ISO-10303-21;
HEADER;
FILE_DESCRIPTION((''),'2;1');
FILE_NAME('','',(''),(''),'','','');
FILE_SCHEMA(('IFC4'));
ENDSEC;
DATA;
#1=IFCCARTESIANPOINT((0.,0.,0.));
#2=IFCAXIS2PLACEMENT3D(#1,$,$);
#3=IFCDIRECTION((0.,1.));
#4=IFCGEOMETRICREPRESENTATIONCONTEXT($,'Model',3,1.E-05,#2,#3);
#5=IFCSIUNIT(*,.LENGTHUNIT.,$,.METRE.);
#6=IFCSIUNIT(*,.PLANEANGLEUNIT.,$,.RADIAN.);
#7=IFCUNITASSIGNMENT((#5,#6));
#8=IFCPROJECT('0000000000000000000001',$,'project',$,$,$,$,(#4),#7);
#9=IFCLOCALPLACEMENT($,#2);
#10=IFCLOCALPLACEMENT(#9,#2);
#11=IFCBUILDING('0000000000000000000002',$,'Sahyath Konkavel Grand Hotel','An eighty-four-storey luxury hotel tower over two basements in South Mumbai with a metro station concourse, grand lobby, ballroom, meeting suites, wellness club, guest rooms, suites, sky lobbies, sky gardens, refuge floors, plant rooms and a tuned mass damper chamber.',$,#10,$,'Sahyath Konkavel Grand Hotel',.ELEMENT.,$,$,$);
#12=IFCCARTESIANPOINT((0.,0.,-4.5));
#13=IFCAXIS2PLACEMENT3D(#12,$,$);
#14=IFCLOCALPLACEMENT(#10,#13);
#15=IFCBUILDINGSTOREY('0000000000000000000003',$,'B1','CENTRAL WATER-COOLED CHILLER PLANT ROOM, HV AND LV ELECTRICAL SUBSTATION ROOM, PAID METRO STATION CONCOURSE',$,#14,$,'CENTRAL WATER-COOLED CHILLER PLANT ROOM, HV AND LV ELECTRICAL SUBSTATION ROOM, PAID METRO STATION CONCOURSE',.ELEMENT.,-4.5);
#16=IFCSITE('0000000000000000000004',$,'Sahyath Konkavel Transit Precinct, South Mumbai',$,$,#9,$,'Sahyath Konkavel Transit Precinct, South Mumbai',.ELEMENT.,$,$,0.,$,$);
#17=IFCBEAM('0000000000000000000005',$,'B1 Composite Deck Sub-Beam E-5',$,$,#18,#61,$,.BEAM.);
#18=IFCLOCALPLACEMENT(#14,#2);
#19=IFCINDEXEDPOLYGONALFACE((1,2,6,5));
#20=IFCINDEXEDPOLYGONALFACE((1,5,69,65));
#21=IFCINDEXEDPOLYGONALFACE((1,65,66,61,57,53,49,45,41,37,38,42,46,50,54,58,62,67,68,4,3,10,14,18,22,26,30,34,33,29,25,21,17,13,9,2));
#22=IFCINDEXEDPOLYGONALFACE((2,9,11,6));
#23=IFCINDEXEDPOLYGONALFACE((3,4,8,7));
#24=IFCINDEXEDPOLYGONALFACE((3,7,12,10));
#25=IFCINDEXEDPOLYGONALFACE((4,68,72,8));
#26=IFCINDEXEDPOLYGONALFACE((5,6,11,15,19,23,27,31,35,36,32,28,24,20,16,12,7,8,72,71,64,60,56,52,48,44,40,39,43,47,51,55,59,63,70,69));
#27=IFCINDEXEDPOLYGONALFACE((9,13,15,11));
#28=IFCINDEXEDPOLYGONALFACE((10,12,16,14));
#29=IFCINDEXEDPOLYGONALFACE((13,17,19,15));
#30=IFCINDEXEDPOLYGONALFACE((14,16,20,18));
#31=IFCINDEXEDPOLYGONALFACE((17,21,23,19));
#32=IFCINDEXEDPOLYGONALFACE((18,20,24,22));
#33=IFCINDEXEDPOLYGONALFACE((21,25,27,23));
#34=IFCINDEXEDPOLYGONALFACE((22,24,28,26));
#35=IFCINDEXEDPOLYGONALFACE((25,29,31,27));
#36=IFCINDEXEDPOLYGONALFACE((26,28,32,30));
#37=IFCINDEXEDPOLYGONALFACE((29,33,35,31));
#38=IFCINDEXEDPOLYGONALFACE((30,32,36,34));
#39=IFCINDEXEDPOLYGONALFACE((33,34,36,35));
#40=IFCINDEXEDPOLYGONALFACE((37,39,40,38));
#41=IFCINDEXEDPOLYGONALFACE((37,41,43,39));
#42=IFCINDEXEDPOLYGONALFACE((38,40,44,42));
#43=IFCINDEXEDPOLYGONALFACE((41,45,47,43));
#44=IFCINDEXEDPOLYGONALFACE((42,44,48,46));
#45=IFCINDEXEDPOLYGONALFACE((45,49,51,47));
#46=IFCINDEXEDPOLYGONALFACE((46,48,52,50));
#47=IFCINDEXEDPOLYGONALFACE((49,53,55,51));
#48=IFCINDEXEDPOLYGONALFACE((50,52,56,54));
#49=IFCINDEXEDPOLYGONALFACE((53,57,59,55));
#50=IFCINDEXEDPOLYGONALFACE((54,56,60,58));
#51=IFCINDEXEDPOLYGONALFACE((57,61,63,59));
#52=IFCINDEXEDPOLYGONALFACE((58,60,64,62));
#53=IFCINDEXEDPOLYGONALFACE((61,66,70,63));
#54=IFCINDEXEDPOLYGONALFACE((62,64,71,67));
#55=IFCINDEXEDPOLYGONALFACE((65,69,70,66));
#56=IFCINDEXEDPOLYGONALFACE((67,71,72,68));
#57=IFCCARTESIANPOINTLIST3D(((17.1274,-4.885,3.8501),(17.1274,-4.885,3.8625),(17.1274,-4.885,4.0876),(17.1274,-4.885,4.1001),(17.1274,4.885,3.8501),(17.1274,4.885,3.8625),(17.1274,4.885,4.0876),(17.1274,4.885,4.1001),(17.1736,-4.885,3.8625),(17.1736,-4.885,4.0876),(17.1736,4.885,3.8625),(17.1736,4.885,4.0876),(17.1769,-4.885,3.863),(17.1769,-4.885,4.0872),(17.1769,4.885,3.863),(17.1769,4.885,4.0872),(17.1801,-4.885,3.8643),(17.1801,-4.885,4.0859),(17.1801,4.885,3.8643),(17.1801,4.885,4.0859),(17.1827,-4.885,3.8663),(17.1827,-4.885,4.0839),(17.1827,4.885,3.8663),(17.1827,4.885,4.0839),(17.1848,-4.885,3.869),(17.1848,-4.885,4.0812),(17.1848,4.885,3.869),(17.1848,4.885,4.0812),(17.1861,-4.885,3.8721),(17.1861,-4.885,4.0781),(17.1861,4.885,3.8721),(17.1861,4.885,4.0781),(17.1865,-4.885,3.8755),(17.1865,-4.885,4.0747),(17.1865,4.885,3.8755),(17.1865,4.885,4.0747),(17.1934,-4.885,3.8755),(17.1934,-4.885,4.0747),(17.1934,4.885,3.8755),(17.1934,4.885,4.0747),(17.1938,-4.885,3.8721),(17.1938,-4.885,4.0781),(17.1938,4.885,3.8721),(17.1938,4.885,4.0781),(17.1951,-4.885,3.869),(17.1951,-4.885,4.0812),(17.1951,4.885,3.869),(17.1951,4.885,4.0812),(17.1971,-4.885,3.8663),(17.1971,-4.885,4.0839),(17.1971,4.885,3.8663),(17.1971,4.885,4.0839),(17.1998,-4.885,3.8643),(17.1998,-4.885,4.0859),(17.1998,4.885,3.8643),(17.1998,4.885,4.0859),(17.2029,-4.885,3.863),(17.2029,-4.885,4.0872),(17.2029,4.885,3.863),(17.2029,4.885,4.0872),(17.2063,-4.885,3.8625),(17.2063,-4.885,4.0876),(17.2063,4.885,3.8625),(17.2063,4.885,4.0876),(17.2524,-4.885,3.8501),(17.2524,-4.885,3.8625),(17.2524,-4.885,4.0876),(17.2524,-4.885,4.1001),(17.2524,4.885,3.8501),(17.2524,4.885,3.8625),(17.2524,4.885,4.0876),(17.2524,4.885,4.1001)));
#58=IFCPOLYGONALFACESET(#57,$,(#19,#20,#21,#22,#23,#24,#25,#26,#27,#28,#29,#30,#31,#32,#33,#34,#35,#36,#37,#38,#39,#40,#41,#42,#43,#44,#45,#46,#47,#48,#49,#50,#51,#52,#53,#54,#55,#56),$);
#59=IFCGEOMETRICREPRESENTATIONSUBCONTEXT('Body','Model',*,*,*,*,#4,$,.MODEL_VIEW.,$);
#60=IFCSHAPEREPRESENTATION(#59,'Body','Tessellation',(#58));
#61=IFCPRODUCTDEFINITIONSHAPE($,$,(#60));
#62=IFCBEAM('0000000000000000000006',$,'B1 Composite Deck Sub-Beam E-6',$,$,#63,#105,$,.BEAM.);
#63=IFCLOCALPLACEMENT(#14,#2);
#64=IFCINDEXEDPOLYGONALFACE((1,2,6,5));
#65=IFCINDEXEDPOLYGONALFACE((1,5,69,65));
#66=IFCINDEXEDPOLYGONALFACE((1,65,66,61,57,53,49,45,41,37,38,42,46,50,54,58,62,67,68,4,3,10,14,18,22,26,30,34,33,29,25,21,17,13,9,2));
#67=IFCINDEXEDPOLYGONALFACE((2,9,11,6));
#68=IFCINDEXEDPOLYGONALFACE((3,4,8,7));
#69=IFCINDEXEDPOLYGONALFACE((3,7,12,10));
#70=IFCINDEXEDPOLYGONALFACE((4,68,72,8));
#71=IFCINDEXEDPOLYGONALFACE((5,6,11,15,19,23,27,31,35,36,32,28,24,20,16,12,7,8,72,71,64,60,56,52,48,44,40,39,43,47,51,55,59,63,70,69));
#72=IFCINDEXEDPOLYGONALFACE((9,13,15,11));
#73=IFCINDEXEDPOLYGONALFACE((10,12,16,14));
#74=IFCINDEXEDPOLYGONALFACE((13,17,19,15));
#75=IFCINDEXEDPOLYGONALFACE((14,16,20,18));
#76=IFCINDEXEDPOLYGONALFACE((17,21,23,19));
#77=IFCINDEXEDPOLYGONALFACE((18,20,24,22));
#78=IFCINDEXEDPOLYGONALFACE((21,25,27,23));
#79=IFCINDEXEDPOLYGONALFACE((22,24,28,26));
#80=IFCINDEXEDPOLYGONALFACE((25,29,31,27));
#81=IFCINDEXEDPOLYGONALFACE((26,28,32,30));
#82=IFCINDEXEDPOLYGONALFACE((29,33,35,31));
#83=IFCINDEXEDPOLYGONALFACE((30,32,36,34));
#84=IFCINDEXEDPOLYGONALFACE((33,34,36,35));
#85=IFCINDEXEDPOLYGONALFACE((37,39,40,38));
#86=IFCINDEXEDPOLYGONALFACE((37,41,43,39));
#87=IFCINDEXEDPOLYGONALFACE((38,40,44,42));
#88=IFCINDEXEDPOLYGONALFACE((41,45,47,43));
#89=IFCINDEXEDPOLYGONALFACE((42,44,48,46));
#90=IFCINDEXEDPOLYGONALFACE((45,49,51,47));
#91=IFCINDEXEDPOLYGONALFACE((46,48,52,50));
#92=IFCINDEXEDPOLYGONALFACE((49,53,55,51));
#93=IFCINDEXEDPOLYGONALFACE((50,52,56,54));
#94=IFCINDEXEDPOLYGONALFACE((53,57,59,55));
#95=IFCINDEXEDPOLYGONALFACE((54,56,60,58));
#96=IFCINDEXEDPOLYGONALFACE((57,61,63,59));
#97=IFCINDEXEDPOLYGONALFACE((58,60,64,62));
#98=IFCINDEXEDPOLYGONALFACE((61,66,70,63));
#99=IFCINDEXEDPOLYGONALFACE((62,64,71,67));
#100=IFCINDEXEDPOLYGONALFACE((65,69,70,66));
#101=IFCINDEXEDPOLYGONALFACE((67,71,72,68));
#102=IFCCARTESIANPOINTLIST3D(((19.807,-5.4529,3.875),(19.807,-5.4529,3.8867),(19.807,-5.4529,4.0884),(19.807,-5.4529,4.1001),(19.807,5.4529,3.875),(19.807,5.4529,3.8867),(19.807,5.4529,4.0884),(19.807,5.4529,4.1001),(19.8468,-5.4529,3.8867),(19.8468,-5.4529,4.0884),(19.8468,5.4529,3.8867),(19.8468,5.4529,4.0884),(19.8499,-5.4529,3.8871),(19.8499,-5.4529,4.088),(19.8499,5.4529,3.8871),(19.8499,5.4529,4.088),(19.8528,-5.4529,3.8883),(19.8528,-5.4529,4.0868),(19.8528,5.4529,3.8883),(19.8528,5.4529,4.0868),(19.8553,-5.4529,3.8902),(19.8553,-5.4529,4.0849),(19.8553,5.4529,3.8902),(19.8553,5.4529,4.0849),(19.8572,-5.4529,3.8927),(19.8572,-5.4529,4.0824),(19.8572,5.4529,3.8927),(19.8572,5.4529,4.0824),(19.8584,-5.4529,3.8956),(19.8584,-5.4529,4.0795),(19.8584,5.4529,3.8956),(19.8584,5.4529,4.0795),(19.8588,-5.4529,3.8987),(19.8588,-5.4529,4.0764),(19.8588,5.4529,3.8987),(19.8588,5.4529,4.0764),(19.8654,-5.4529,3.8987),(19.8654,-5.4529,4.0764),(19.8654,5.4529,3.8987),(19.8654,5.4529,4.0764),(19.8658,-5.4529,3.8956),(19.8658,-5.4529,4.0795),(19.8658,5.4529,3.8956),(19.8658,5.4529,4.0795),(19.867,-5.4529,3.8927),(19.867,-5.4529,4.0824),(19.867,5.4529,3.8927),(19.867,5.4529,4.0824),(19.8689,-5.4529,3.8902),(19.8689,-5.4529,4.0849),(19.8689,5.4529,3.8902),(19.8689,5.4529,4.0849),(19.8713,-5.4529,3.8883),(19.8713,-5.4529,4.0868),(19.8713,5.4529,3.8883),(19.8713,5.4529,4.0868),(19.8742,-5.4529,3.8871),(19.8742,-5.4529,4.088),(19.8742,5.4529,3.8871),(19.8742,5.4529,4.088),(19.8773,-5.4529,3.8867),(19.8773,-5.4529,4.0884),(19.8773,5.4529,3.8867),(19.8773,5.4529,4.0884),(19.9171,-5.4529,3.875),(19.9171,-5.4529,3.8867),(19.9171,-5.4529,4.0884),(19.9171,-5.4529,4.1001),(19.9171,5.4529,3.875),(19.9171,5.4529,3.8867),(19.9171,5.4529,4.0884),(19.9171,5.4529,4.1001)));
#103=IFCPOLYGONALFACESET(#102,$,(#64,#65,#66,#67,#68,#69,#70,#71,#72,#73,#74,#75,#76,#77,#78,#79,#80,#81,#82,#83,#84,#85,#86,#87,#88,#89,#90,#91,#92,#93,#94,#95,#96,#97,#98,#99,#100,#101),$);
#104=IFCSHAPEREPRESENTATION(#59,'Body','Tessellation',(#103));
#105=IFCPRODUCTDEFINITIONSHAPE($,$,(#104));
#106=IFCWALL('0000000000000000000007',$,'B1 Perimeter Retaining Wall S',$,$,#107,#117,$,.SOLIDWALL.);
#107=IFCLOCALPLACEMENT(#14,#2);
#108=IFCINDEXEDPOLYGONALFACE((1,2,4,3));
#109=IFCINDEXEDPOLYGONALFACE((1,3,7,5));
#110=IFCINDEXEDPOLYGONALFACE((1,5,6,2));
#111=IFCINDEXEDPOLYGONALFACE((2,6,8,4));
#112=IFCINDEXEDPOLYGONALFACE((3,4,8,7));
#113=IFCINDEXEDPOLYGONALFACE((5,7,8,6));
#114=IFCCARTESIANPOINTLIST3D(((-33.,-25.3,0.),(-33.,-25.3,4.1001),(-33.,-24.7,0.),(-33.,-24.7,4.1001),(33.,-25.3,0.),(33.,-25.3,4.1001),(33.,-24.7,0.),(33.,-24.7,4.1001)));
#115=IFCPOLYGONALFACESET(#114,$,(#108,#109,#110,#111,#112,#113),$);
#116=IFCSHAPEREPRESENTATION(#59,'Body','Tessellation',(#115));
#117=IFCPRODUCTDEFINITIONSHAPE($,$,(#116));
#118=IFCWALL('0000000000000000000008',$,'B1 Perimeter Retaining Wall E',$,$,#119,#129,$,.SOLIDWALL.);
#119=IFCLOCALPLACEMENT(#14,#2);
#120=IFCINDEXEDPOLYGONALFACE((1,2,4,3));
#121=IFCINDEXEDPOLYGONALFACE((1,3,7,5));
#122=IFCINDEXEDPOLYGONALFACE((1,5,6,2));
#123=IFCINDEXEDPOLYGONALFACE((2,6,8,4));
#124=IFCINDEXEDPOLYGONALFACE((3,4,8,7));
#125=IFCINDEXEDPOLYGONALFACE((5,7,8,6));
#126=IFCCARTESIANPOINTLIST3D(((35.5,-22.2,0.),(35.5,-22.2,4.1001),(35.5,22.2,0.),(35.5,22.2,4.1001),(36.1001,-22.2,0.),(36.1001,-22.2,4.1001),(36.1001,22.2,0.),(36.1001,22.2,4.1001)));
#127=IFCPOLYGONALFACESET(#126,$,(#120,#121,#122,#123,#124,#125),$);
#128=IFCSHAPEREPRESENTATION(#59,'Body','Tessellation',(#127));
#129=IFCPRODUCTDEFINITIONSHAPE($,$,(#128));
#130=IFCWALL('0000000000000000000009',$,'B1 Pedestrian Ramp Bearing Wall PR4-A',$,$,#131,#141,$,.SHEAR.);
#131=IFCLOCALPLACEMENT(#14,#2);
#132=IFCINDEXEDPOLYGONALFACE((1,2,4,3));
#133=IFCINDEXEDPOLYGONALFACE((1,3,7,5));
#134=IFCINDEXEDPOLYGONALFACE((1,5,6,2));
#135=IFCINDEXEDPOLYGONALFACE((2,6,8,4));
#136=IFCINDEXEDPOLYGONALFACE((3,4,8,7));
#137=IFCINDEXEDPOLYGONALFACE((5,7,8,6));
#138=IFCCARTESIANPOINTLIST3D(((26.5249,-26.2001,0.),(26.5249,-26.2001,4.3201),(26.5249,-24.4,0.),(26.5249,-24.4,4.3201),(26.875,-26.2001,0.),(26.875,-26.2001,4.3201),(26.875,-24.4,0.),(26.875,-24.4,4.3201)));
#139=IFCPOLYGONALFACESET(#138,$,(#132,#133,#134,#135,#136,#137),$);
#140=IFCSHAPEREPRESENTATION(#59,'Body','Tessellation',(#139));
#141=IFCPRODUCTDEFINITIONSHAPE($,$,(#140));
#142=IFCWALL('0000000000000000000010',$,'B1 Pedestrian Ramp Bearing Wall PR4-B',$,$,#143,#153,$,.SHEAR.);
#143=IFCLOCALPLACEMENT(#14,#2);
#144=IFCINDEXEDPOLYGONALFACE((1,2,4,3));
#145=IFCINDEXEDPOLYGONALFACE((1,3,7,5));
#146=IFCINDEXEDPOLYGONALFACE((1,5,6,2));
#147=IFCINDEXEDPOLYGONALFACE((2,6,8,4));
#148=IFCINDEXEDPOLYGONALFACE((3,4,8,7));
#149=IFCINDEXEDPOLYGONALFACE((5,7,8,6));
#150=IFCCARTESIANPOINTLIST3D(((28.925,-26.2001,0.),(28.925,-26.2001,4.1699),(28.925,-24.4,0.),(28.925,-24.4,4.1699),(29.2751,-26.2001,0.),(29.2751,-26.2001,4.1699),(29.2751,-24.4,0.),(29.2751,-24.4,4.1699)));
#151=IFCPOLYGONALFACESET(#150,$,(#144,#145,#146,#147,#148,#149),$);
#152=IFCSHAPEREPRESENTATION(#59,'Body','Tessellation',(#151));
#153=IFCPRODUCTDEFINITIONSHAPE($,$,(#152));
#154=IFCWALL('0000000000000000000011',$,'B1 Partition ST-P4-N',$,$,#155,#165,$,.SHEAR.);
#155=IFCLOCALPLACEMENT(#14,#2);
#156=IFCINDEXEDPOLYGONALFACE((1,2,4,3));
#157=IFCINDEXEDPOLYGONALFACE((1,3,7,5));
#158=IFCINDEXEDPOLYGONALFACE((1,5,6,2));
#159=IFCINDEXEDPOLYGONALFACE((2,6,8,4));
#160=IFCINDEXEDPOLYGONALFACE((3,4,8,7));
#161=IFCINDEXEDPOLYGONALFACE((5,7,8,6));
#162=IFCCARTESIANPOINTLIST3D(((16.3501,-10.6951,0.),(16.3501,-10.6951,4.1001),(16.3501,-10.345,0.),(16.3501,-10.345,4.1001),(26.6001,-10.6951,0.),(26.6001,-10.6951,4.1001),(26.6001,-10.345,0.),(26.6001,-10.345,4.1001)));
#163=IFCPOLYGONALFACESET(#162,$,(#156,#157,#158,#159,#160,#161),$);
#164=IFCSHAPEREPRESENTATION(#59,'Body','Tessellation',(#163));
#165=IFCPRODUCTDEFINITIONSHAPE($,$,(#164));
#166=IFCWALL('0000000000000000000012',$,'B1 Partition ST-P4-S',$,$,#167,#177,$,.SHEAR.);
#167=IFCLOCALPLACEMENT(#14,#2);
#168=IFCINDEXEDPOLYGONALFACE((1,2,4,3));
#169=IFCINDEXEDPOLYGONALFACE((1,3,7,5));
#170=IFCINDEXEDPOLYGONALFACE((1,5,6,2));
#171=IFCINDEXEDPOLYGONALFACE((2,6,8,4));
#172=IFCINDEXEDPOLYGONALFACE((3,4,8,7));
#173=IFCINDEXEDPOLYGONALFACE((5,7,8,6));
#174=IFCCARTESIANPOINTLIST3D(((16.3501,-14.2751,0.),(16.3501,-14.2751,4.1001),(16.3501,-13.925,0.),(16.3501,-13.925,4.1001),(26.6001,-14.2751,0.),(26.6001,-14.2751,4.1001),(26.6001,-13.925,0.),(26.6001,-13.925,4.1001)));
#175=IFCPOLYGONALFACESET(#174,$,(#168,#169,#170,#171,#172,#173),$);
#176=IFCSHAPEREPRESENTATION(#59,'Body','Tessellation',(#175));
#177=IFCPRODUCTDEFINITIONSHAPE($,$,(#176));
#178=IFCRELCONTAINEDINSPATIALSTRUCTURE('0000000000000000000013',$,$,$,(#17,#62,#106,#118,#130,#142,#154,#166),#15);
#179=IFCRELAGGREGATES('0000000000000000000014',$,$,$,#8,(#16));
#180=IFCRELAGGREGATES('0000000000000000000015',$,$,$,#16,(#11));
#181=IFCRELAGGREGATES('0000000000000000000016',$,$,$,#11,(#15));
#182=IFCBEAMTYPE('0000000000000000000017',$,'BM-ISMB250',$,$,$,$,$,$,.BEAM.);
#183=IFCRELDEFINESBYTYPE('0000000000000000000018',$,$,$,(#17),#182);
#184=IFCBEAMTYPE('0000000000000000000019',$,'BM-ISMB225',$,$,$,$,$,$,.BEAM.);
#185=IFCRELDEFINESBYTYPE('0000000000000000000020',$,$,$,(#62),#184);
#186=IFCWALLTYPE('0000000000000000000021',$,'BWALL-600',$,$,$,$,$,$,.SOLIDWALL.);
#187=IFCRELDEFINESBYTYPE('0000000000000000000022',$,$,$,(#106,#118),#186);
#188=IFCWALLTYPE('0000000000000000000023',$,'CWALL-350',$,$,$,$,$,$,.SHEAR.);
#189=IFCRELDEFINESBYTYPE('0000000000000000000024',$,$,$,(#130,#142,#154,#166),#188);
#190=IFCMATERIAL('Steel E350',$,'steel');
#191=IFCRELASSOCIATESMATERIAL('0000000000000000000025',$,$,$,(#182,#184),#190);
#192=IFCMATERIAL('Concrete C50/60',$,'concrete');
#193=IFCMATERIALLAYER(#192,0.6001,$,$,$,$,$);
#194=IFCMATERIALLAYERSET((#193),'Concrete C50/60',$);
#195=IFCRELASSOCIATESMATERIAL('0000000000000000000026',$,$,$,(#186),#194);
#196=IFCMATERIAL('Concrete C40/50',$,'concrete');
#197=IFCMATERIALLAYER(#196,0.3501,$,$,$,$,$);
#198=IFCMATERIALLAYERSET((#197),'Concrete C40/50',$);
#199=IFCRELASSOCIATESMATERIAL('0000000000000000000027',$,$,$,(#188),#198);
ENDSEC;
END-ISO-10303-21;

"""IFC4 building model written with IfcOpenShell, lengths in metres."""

from ifc_helpers import new_model, si_unit, direction, frame, frame_2d, origin, origin_2d, place, context, subcontext, project, spatial, rectangle, i_section, extrude, source, transform, mapped, material, layer, layer_set, material_profile, profile_set, type_object, element, save


model = new_model("IFC4")

# Units and contexts
model_context = context("Model", 3, precision=1e-05, world=origin(), true_north=direction((0.0, 1.0)))
body_context = subcontext(model_context, "Body", "Model", "MODEL_VIEW")
ifc_project = project(units=[si_unit("LENGTHUNIT", "METRE"), si_unit("PLANEANGLEUNIT", "RADIAN")], contexts=[model_context])

# Site, building, storey
site_placement = place(None, origin())
site = spatial("IfcSite", under=ifc_project, at=site_placement, Name="Sahyath Konkavel Transit Precinct, South Mumbai", LongName="Sahyath Konkavel Transit Precinct, South Mumbai", CompositionType="ELEMENT", RefElevation=0.0)
building_placement = place(site_placement, origin())
building = spatial("IfcBuilding", under=site, at=building_placement, Name="Sahyath Konkavel Grand Hotel", Description="An eighty-four-storey luxury hotel tower over two basements in South Mumbai with a metro station concourse, grand lobby, ballroom, meeting suites, wellness club, guest rooms, suites, sky lobbies, sky gardens, refuge floors, plant rooms and a tuned mass damper chamber.", LongName="Sahyath Konkavel Grand Hotel", CompositionType="ELEMENT")
storey_placement = place(building_placement, frame((0.0, 0.0, -4.5)))
storey = spatial("IfcBuildingStorey", under=building, at=storey_placement, Name="B1", Description="CENTRAL WATER-COOLED CHILLER PLANT ROOM, HV AND LV ELECTRICAL SUBSTATION ROOM, PAID METRO STATION CONCOURSE", LongName="CENTRAL WATER-COOLED CHILLER PLANT ROOM, HV AND LV ELECTRICAL SUBSTATION ROOM, PAID METRO STATION CONCOURSE", CompositionType="ELEMENT", Elevation=-4.5)

# Shared definitions
ifc_material_1 = material(Name="Concrete C50/60", Category="concrete")

# Beams
ifc_material_2 = material(Name="Steel E350", Category="steel")
ifc_material_profile_1 = material_profile(ifc_material_2, i_section(OverallWidth=0.125, OverallDepth=0.25, WebThickness=0.0068, FlangeThickness=0.0125, FilletRadius=0.0129, at=origin_2d()), Name="ISMB 250")
ifc_profile_set_1 = profile_set([ifc_material_profile_1], Name="Steel E350")
beam_type_1 = type_object("IfcBeamType", Name="BM-ISMB250", PredefinedType="BEAM", material=ifc_profile_set_1)
shared_shape_1 = source(origin(), body_context, "Body", "SweptSolid", [
    extrude(i_section(OverallWidth=0.125, OverallDepth=0.25, WebThickness=0.0068, FlangeThickness=0.0125, FilletRadius=0.0129, at=origin_2d()), origin(), (0.0, 0.0, 1.0), 9.77),
])
beam_1_placement = place(storey_placement, frame((17.1899, -4.885, 3.9751), z_axis=(0.0, 1.0, 0.0), x_axis=(-1.0, 0.0, 0.0)))
element("IfcBeam", 1, at=beam_1_placement, inside=storey, type_object=beam_type_1, Name="B1 Composite Deck Sub-Beam E-5", PredefinedType="BEAM", context=body_context, shape_type="MappedRepresentation", body=[
    mapped(shared_shape_1, transform((0.0, 0.0, 0.0), scale=1.0)),
])
ifc_material_profile_2 = material_profile(ifc_material_2, i_section(OverallWidth=0.1101, OverallDepth=0.2251, WebThickness=0.0066, FlangeThickness=0.0117, FilletRadius=0.012, at=origin_2d()), Name="ISMB 225")
ifc_profile_set_2 = profile_set([ifc_material_profile_2], Name="Steel E350")
beam_type_2 = type_object("IfcBeamType", Name="BM-ISMB225", PredefinedType="BEAM", material=ifc_profile_set_2)
shared_shape_2 = source(origin(), body_context, "Body", "SweptSolid", [
    extrude(i_section(OverallWidth=0.1101, OverallDepth=0.2251, WebThickness=0.0066, FlangeThickness=0.0117, FilletRadius=0.012, at=origin_2d()), origin(), (0.0, 0.0, 1.0), 10.9058),
])
beam_2_placement = place(storey_placement, frame((19.8621, -5.4529, 3.9875), z_axis=(0.0, 1.0, 0.0), x_axis=(-1.0, 0.0, 0.0)))
element("IfcBeam", 2, at=beam_2_placement, inside=storey, type_object=beam_type_2, Name="B1 Composite Deck Sub-Beam E-6", PredefinedType="BEAM", context=body_context, shape_type="MappedRepresentation", body=[
    mapped(shared_shape_2, transform((0.0, 0.0, 0.0), scale=1.0)),
])

# Walls
ifc_layer_1 = layer(ifc_material_1, 0.6001)
ifc_layer_set_1 = layer_set([ifc_layer_1], Name="Concrete C50/60")
wall_type_1 = type_object("IfcWallType", Name="BWALL-600", PredefinedType="SOLIDWALL", material=ifc_layer_set_1)
wall_1_placement = place(storey_placement, frame((33.0, -25.0, 0.0), z_axis=(0.0, 0.0, 1.0), x_axis=(-1.0, 0.0, 0.0)))
element("IfcWall", 3, at=wall_1_placement, inside=storey, type_object=wall_type_1, Name="B1 Perimeter Retaining Wall S", PredefinedType="SOLIDWALL", context=body_context, shape_type="SweptSolid", body=[
    extrude(rectangle(XDim=66.0, YDim=0.6001, at=frame_2d((33.0, 0.0))), origin(), (0.0, 0.0, 1.0), 4.1001),
])
wall_2_placement = place(storey_placement, frame((35.8, -22.2, 0.0), z_axis=(0.0, 0.0, 1.0), x_axis=(0.0, 1.0, 0.0)))
element("IfcWall", 4, at=wall_2_placement, inside=storey, type_object=wall_type_1, Name="B1 Perimeter Retaining Wall E", PredefinedType="SOLIDWALL", context=body_context, shape_type="SweptSolid", body=[
    extrude(rectangle(XDim=44.3999, YDim=0.6001, at=frame_2d((22.2, 0.0))), origin(), (0.0, 0.0, 1.0), 4.1001),
])
ifc_material_3 = material(Name="Concrete C40/50", Category="concrete")
ifc_layer_2 = layer(ifc_material_3, 0.3501)
ifc_layer_set_2 = layer_set([ifc_layer_2], Name="Concrete C40/50")
wall_type_2 = type_object("IfcWallType", Name="CWALL-350", PredefinedType="SHEAR", material=ifc_layer_set_2)
wall_3_placement = place(storey_placement, frame((26.7, -26.2, 0.0), z_axis=(0.0, 0.0, 1.0), x_axis=(0.0, 1.0, 0.0)))
element("IfcWall", 5, at=wall_3_placement, inside=storey, type_object=wall_type_2, Name="B1 Pedestrian Ramp Bearing Wall PR4-A", PredefinedType="SHEAR", context=body_context, shape_type="SweptSolid", body=[
    extrude(rectangle(XDim=1.8, YDim=0.3501, at=frame_2d((0.8999, 0.0))), origin(), (0.0, 0.0, 1.0), 4.3201),
])
wall_4_placement = place(storey_placement, frame((29.1001, -26.2, 0.0), z_axis=(0.0, 0.0, 1.0), x_axis=(0.0, 1.0, 0.0)))
element("IfcWall", 6, at=wall_4_placement, inside=storey, type_object=wall_type_2, Name="B1 Pedestrian Ramp Bearing Wall PR4-B", PredefinedType="SHEAR", context=body_context, shape_type="SweptSolid", body=[
    extrude(rectangle(XDim=1.8, YDim=0.3501, at=frame_2d((0.8999, 0.0))), origin(), (0.0, 0.0, 1.0), 4.1699),
])
for number, where, z_axis, x_axis, name in (
    (7, (16.3501, -10.52, 0.0), (0.0, 0.0, 1.0), (1.0, 0.0, 0.0), "B1 Partition ST-P4-N"),
    (8, (16.3501, -14.1001, 0.0), (0.0, 0.0, 1.0), (1.0, 0.0, 0.0), "B1 Partition ST-P4-S"),
):
    element("IfcWall", number, at=place(storey_placement, frame(where, z_axis=z_axis, x_axis=x_axis)), inside=storey, type_object=wall_type_2, Name=name, PredefinedType="SHEAR", context=body_context, shape_type="SweptSolid", body=[
        extrude(rectangle(XDim=10.25, YDim=0.3501, at=frame_2d((5.125, 0.0))), origin(), (0.0, 0.0, 1.0), 4.1001),
    ])

save(model, "model.ifc")
